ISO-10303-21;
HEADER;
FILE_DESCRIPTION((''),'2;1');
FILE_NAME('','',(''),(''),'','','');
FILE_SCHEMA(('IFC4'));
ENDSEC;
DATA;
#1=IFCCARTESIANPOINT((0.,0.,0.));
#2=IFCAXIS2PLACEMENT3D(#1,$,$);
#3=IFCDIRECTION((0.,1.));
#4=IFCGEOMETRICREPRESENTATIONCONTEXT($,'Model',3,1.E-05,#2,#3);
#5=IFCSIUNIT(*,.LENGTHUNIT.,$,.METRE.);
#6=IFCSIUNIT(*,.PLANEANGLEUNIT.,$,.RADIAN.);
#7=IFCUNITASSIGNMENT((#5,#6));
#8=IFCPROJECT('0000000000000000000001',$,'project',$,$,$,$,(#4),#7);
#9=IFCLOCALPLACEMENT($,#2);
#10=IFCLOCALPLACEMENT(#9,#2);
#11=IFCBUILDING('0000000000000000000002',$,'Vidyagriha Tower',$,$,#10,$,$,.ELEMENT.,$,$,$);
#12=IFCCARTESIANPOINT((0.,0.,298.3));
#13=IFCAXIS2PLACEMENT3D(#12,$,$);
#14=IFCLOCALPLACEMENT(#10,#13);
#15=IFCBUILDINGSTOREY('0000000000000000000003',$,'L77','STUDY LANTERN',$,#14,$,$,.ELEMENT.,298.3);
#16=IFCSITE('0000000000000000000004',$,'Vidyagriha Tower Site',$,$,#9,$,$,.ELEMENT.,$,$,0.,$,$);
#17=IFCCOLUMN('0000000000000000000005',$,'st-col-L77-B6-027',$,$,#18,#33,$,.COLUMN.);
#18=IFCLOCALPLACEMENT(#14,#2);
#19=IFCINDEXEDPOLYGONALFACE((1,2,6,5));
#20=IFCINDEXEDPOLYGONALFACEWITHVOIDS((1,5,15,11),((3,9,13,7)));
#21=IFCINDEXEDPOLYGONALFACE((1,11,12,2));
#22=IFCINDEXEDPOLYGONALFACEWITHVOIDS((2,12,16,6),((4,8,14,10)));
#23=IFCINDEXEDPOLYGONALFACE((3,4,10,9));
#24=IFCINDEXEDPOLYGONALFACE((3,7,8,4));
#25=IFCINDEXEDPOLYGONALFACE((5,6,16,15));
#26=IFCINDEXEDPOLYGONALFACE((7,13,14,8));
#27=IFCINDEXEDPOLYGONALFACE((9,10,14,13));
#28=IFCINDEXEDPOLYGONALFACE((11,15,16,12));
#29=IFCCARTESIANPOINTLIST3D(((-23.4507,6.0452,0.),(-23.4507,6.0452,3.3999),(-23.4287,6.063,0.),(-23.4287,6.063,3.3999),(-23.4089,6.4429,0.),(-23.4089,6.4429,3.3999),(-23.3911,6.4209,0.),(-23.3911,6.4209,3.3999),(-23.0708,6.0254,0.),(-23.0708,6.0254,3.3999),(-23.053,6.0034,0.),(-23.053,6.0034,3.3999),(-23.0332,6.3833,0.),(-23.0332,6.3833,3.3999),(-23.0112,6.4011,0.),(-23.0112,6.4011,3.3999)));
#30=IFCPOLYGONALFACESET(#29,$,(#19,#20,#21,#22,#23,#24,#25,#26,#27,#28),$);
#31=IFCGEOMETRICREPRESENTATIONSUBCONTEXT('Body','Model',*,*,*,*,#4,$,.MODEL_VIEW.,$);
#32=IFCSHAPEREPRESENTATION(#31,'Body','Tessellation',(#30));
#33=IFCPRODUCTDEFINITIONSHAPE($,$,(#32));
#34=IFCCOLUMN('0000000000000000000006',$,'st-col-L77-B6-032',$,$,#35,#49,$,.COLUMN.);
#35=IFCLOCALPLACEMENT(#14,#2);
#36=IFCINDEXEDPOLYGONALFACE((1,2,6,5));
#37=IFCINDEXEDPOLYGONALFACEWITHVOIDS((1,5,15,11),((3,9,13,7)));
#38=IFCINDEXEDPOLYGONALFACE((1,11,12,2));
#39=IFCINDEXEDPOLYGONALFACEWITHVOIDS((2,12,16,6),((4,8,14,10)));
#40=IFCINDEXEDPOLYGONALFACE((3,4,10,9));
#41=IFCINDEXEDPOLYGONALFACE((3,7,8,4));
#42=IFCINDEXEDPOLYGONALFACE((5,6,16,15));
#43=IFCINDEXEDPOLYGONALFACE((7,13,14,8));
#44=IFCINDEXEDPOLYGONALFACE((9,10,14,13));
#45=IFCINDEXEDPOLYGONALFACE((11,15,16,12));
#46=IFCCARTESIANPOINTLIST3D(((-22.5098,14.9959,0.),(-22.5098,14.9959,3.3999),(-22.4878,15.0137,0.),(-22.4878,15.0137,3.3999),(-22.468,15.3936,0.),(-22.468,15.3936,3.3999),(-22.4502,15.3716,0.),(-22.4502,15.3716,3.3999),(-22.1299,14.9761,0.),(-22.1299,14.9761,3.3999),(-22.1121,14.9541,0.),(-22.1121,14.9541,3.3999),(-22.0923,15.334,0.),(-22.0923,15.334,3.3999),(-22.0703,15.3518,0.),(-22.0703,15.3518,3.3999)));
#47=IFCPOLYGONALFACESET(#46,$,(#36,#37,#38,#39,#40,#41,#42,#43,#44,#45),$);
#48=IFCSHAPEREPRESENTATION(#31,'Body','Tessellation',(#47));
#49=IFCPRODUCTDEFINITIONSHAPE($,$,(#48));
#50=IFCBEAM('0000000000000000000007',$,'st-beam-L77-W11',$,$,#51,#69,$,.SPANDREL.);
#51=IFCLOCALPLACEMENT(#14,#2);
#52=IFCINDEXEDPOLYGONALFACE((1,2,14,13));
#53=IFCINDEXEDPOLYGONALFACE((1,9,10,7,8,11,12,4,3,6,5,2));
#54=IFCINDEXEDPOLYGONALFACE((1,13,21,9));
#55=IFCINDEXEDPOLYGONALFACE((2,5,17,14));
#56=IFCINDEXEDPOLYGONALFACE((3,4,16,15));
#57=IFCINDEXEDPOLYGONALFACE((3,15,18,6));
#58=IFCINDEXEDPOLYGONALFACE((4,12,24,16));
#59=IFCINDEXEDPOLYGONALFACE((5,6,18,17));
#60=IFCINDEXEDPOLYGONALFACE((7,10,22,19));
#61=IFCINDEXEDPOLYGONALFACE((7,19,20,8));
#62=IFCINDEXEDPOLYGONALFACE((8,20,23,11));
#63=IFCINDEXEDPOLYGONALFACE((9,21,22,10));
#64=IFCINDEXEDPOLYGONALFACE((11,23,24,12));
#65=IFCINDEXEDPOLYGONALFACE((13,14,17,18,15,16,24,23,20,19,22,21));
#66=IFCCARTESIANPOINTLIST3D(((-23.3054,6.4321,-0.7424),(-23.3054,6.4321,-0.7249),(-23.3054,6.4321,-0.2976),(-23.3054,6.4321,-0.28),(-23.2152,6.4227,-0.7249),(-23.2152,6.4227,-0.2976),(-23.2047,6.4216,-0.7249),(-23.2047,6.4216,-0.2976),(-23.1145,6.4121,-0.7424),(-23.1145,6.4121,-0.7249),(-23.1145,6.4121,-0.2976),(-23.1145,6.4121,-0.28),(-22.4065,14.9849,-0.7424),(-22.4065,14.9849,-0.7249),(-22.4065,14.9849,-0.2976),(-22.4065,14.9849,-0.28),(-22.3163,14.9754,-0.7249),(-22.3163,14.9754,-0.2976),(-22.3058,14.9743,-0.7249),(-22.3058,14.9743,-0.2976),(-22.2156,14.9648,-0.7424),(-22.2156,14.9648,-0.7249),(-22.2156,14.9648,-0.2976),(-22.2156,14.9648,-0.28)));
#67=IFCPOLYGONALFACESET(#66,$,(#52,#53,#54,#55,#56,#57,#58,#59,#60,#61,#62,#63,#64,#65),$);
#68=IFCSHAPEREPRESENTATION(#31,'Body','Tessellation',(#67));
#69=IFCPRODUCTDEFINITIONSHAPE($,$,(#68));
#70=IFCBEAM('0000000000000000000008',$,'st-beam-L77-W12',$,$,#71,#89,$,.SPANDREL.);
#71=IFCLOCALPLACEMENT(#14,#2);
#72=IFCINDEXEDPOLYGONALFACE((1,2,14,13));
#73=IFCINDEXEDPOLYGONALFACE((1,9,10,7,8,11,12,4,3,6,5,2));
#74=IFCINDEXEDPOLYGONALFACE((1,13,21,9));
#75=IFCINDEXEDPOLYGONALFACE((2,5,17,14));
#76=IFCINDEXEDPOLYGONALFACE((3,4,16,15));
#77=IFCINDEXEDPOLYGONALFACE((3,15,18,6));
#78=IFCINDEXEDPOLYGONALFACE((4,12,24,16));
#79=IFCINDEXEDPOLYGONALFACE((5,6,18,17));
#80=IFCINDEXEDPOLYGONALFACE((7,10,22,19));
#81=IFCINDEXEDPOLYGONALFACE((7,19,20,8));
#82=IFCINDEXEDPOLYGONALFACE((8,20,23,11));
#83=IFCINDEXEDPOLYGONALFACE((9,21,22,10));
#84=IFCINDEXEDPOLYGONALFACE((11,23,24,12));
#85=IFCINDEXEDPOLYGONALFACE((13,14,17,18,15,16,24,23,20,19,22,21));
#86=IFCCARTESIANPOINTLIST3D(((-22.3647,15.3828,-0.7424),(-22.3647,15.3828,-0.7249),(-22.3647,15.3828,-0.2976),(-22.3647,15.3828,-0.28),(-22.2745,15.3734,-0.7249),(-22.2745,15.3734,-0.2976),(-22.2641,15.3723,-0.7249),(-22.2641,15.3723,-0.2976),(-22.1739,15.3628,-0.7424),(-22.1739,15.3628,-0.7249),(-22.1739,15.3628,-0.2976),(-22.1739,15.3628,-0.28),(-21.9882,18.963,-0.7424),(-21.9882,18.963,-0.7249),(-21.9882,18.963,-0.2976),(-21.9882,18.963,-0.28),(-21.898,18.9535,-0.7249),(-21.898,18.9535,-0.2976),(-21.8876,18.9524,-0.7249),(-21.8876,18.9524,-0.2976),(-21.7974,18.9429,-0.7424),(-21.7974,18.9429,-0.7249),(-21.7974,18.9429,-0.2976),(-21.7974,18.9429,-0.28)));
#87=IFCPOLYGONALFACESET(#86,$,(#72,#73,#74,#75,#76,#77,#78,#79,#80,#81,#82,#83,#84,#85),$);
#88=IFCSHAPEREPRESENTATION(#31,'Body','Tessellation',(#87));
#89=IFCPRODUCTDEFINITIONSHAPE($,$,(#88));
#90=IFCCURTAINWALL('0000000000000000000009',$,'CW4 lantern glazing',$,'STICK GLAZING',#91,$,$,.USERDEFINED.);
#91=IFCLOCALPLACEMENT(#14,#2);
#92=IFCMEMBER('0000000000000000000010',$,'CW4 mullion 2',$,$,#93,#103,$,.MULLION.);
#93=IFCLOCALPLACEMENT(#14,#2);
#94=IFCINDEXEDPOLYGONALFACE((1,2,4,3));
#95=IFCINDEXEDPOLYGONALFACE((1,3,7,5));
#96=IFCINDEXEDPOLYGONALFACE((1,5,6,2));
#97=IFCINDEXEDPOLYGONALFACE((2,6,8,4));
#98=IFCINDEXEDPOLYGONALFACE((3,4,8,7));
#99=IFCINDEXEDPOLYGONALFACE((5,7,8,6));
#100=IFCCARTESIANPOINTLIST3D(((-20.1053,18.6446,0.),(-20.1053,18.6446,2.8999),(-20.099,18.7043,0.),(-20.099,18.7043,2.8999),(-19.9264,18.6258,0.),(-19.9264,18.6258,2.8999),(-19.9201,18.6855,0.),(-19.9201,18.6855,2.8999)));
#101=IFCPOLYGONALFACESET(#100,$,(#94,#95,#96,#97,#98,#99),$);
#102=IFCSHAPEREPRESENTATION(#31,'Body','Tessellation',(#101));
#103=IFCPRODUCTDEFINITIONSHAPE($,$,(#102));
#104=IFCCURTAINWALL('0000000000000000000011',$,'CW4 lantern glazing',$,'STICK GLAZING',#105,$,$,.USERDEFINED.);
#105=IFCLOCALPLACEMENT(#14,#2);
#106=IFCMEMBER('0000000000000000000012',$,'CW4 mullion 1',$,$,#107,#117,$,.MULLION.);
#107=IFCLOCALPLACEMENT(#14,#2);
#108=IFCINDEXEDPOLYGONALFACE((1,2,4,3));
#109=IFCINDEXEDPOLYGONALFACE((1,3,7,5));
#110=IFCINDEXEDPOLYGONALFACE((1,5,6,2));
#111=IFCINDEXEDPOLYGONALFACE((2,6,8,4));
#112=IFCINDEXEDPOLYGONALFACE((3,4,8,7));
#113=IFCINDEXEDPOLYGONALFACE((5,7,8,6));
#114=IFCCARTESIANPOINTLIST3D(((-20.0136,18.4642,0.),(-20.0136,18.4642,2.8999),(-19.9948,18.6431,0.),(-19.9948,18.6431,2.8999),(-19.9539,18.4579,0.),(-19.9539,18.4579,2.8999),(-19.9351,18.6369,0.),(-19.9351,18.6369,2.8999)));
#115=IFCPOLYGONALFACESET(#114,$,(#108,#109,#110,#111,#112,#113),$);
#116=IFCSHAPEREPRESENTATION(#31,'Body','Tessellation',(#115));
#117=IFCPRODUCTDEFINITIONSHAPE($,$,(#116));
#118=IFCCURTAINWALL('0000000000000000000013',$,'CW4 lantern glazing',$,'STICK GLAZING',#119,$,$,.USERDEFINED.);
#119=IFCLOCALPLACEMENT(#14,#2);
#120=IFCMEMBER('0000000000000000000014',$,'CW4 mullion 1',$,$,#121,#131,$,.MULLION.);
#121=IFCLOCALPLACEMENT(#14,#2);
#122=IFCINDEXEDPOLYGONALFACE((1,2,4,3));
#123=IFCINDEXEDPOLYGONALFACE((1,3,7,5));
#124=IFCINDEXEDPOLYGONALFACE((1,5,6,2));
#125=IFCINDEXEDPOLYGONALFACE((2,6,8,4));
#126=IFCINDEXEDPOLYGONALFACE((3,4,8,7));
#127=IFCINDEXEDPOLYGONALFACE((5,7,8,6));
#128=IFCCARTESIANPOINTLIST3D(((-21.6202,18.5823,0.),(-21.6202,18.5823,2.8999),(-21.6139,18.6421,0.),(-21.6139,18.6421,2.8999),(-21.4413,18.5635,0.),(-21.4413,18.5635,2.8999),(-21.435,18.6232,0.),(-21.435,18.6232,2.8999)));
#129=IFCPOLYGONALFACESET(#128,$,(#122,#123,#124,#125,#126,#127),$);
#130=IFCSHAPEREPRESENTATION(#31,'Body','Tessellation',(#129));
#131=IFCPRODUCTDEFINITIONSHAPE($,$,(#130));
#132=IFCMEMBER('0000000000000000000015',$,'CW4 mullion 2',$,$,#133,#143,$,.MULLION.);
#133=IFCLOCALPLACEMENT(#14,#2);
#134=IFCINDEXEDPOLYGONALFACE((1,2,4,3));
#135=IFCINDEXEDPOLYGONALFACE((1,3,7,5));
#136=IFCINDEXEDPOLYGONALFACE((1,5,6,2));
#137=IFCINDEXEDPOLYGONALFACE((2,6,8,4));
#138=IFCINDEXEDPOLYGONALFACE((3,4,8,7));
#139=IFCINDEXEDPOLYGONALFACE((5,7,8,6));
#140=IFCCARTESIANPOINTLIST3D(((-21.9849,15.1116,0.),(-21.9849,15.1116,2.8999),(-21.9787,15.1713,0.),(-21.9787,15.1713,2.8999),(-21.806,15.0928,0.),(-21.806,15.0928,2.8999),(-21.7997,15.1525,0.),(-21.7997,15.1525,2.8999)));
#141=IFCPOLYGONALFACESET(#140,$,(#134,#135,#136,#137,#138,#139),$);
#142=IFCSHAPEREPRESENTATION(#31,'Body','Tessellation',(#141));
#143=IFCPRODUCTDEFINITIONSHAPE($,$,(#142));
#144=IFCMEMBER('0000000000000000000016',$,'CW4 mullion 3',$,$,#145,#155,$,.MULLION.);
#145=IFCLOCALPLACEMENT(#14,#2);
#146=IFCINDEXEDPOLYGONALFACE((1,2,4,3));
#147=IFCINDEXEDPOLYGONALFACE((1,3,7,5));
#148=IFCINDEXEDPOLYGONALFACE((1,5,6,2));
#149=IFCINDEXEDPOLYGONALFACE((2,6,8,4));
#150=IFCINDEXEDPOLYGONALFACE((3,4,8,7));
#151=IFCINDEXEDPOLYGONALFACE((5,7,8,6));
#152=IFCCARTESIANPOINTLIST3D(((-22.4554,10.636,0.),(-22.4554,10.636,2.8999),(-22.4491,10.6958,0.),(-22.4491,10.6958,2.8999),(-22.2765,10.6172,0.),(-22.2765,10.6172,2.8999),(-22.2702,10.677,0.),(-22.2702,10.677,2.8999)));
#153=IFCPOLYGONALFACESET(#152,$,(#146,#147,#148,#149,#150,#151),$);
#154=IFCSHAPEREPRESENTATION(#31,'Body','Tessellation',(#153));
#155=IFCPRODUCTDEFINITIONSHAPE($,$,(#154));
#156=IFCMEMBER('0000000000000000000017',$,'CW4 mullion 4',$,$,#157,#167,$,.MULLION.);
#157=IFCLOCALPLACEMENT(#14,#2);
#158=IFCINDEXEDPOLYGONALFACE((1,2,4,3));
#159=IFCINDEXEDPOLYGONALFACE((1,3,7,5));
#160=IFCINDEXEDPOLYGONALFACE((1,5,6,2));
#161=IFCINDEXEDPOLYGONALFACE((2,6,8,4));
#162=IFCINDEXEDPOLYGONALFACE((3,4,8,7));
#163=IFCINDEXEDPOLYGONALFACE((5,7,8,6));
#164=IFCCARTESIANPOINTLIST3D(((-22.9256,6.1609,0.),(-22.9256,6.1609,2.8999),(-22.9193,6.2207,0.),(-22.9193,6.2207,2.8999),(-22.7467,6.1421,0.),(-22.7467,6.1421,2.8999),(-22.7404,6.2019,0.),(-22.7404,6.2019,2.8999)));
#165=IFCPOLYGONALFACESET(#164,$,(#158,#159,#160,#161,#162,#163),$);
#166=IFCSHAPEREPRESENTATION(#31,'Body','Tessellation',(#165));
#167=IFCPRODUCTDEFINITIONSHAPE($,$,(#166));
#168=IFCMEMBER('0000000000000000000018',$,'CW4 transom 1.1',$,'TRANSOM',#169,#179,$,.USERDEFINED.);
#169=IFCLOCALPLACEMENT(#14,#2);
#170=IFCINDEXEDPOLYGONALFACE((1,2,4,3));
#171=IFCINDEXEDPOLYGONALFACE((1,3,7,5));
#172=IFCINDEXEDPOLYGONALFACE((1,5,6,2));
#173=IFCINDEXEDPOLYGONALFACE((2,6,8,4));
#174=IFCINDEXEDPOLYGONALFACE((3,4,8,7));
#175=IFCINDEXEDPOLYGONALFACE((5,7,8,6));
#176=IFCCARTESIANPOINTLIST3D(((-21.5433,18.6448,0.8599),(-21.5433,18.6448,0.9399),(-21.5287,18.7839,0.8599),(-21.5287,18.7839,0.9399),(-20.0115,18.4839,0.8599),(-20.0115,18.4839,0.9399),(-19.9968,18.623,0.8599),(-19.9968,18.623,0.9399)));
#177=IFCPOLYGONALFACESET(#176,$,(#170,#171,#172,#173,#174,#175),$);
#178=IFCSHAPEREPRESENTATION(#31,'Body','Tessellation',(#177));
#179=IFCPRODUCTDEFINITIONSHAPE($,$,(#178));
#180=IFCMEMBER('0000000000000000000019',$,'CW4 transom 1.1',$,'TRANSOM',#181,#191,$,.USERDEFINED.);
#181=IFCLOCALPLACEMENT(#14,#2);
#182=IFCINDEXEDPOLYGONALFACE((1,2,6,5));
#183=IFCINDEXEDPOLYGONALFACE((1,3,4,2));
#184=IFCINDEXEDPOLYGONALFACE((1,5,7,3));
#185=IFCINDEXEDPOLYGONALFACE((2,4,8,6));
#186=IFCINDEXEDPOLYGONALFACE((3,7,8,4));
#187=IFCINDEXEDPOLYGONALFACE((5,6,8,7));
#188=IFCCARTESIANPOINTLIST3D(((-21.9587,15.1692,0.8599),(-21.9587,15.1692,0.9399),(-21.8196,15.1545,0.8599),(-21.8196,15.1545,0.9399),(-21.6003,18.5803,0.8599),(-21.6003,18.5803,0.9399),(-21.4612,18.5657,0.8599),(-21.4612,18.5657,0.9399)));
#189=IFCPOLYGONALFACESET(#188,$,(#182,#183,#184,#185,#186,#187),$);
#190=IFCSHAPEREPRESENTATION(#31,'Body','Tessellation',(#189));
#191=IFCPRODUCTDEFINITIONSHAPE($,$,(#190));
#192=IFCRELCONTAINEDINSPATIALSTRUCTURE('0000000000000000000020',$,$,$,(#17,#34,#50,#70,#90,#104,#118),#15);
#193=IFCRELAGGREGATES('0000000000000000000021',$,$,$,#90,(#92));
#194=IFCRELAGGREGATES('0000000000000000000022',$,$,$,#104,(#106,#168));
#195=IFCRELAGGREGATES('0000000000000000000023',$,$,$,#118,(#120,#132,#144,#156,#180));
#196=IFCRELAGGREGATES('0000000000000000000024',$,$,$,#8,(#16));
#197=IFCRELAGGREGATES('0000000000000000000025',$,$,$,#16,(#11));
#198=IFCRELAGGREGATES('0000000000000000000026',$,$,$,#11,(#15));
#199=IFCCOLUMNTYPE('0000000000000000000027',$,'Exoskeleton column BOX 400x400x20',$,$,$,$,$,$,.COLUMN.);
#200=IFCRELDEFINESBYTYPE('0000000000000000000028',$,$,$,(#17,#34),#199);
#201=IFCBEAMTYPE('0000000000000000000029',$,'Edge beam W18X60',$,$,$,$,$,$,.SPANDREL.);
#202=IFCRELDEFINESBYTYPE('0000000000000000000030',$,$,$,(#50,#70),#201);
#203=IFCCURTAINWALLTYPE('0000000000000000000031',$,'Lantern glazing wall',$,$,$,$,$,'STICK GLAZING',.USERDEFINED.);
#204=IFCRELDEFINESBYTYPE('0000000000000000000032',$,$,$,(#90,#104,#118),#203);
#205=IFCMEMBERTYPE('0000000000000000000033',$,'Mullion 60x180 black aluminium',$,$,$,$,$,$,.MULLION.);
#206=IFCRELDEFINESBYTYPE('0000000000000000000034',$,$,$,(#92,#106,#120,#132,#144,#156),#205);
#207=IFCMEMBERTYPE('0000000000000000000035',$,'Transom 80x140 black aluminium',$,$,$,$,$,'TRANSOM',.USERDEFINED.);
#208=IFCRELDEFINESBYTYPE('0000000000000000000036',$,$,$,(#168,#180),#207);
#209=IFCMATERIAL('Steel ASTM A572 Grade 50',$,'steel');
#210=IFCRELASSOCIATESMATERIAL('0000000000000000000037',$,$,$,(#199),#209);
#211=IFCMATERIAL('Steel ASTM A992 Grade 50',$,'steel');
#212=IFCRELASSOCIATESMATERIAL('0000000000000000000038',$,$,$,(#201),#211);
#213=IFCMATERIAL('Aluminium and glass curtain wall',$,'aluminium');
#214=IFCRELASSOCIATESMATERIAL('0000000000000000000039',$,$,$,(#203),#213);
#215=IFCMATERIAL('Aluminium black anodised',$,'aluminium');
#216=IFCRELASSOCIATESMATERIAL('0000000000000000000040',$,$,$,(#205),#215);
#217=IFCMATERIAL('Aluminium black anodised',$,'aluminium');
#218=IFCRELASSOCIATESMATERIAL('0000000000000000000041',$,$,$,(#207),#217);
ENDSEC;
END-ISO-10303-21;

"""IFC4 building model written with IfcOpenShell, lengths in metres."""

from ifc_helpers import new_model, si_unit, direction, frame, origin, origin_2d, place, context, subcontext, project, spatial, rectangle, hollow_rectangle, i_section, extrude, material, material_profile, profile_set, type_object, element, aggregate, save


model = new_model("IFC4")

# Units and contexts
model_context = context("Model", 3, precision=1e-05, world=origin(), true_north=direction((0.0, 1.0)))
body_context = subcontext(model_context, "Body", "Model", "MODEL_VIEW")
ifc_project = project(units=[si_unit("LENGTHUNIT", "METRE"), si_unit("PLANEANGLEUNIT", "RADIAN")], contexts=[model_context])

# Site, building, storey
site_placement = place(None, origin())
site = spatial("IfcSite", under=ifc_project, at=site_placement, Name="Vidyagriha Tower Site", CompositionType="ELEMENT", RefElevation=0.0)
building_placement = place(site_placement, origin())
building = spatial("IfcBuilding", under=site, at=building_placement, Name="Vidyagriha Tower", CompositionType="ELEMENT")
storey_placement = place(building_placement, frame((0.0, 0.0, 298.3)))
storey = spatial("IfcBuildingStorey", under=building, at=storey_placement, Name="L77", Description="STUDY LANTERN", CompositionType="ELEMENT", Elevation=298.3)

# Columns
ifc_material_1 = material(Name="Steel ASTM A572 Grade 50", Category="steel")
ifc_material_profile_1 = material_profile(ifc_material_1, hollow_rectangle(XDim=0.3999, YDim=0.3999, WallThickness=0.02, at=origin_2d()), Name="BOX 400x400x20")
ifc_profile_set_1 = profile_set([ifc_material_profile_1], Name="Steel ASTM A572 Grade 50")
column_type = type_object("IfcColumnType", Name="Exoskeleton column BOX 400x400x20", PredefinedType="COLUMN", material=ifc_profile_set_1)
for number, where, z_axis, x_axis, name in (
    (1, (-23.231, 6.2231, 0.0), (0.0, 0.0, 1.0), (0.994522, -0.104528, 0.0), "st-col-L77-B6-027"),
    (2, (-22.29, 15.1738, 0.0), (0.0, 0.0, 1.0), (0.994522, -0.104528, 0.0), "st-col-L77-B6-032"),
):
    element("IfcColumn", number, at=place(storey_placement, frame(where, z_axis=z_axis, x_axis=x_axis)), inside=storey, type_object=column_type, Name=name, PredefinedType="COLUMN", context=body_context, shape_type="SweptSolid", body=[
        extrude(hollow_rectangle(XDim=0.3999, YDim=0.3999, WallThickness=0.02, at=origin_2d()), origin(), (0.0, 0.0, 1.0), 3.3999),
    ])

# Beams
ifc_material_2 = material(Name="Steel ASTM A992 Grade 50", Category="steel")
ifc_material_profile_2 = material_profile(ifc_material_2, i_section(OverallWidth=0.1919, OverallDepth=0.4624, WebThickness=0.0105, FlangeThickness=0.0176, at=origin_2d()), Name="W18X60")
ifc_profile_set_2 = profile_set([ifc_material_profile_2], Name="Steel ASTM A992 Grade 50")
beam_type = type_object("IfcBeamType", Name="Edge beam W18X60", PredefinedType="SPANDREL", material=ifc_profile_set_2)
beam_1_placement = place(storey_placement, frame((-23.21, 6.4221, -0.5112), z_axis=(0.104528, 0.994522, 0.0), x_axis=(-0.994522, 0.104528, 0.0)))
element("IfcBeam", 3, at=beam_1_placement, inside=storey, type_object=beam_type, Name="st-beam-L77-W11", PredefinedType="SPANDREL", context=body_context, shape_type="SweptSolid", body=[
    extrude(i_section(OverallWidth=0.1919, OverallDepth=0.4624, WebThickness=0.0105, FlangeThickness=0.0176, at=origin_2d()), origin(), (0.0, 0.0, 1.0), 8.5999),
])
beam_2_placement = place(storey_placement, frame((-22.2693, 15.3728, -0.5112), z_axis=(0.104579, 0.994517, 0.0), x_axis=(-0.994517, 0.104579, 0.0)))
element("IfcBeam", 4, at=beam_2_placement, inside=storey, type_object=beam_type, Name="st-beam-L77-W12", PredefinedType="SPANDREL", context=body_context, shape_type="SweptSolid", body=[
    extrude(i_section(OverallWidth=0.1919, OverallDepth=0.4624, WebThickness=0.0105, FlangeThickness=0.0176, at=origin_2d()), origin(), (0.0, 0.0, 1.0), 3.5999),
])

# Curtain walls, members
ifc_material_3 = material(Name="Aluminium and glass curtain wall", Category="aluminium")
curtain_wall_type = type_object("IfcCurtainWallType", Name="Lantern glazing wall", ElementType="STICK GLAZING", PredefinedType="USERDEFINED", material=ifc_material_3)
curtain_wall_1_placement = place(storey_placement, origin())
curtain_wall_1 = element("IfcCurtainWall", 5, at=curtain_wall_1_placement, inside=storey, type_object=curtain_wall_type, Name="CW4 lantern glazing", ObjectType="STICK GLAZING", PredefinedType="USERDEFINED")
ifc_material_4 = material(Name="Aluminium black anodised", Category="aluminium")
ifc_material_profile_3 = material_profile(ifc_material_4, rectangle(XDim=0.1799, YDim=0.0601, at=origin_2d()), Name="Mullion 60x180 black aluminium")
ifc_profile_set_3 = profile_set([ifc_material_profile_3], Name="Aluminium black anodised")
member_type_1 = type_object("IfcMemberType", Name="Mullion 60x180 black aluminium", PredefinedType="MULLION", material=ifc_profile_set_3)
member_1_placement = place(storey_placement, frame((-20.0127, 18.665, 0.0), z_axis=(0.0, 0.0, 1.0), x_axis=(0.994518, -0.104564, 0.0)))
member_1 = element("IfcMember", 6, at=member_1_placement, type_object=member_type_1, Name="CW4 mullion 2", PredefinedType="MULLION", context=body_context, shape_type="SweptSolid", body=[
    extrude(rectangle(XDim=0.1799, YDim=0.0601, at=origin_2d()), origin(), (0.0, 0.0, 1.0), 2.8999),
])
aggregate(curtain_wall_1, [member_1])
curtain_wall_2_placement = place(storey_placement, origin())
curtain_wall_2 = element("IfcCurtainWall", 7, at=curtain_wall_2_placement, inside=storey, type_object=curtain_wall_type, Name="CW4 lantern glazing", ObjectType="STICK GLAZING", PredefinedType="USERDEFINED")
member_2_placement = place(storey_placement, frame((-19.9744, 18.5505, 0.0), z_axis=(0.0, 0.0, 1.0), x_axis=(-0.104453, -0.99453, 0.0)))
member_2 = element("IfcMember", 8, at=member_2_placement, type_object=member_type_1, Name="CW4 mullion 1", PredefinedType="MULLION", context=body_context, shape_type="SweptSolid", body=[
    extrude(rectangle(XDim=0.1799, YDim=0.0601, at=origin_2d()), origin(), (0.0, 0.0, 1.0), 2.8999),
])

# Curtain wall, members
curtain_wall_3_placement = place(storey_placement, origin())
curtain_wall_3 = element("IfcCurtainWall", 9, at=curtain_wall_3_placement, inside=storey, type_object=curtain_wall_type, Name="CW4 lantern glazing", ObjectType="STICK GLAZING", PredefinedType="USERDEFINED")
member_3_placement = place(storey_placement, frame((-21.5276, 18.6028, 0.0), z_axis=(0.0, 0.0, 1.0), x_axis=(0.994522, -0.104527, 0.0)))
member_3 = element("IfcMember", 10, at=member_3_placement, type_object=member_type_1, Name="CW4 mullion 1", PredefinedType="MULLION", context=body_context, shape_type="SweptSolid", body=[
    extrude(rectangle(XDim=0.1799, YDim=0.0601, at=origin_2d()), origin(), (0.0, 0.0, 1.0), 2.8999),
])
member_4_placement = place(storey_placement, frame((-21.8923, 15.1321, 0.0), z_axis=(0.0, 0.0, 1.0), x_axis=(0.994522, -0.104527, 0.0)))
member_4 = element("IfcMember", 11, at=member_4_placement, type_object=member_type_1, Name="CW4 mullion 2", PredefinedType="MULLION", context=body_context, shape_type="SweptSolid", body=[
    extrude(rectangle(XDim=0.1799, YDim=0.0601, at=origin_2d()), origin(), (0.0, 0.0, 1.0), 2.8999),
])
member_5_placement = place(storey_placement, frame((-22.3628, 10.6565, 0.0), z_axis=(0.0, 0.0, 1.0), x_axis=(0.994522, -0.104527, 0.0)))
member_5 = element("IfcMember", 12, at=member_5_placement, type_object=member_type_1, Name="CW4 mullion 3", PredefinedType="MULLION", context=body_context, shape_type="SweptSolid", body=[
    extrude(rectangle(XDim=0.1799, YDim=0.0601, at=origin_2d()), origin(), (0.0, 0.0, 1.0), 2.8999),
])
member_6_placement = place(storey_placement, frame((-22.833, 6.1814, 0.0), z_axis=(0.0, 0.0, 1.0), x_axis=(0.994522, -0.104527, 0.0)))
member_6 = element("IfcMember", 13, at=member_6_placement, type_object=member_type_1, Name="CW4 mullion 4", PredefinedType="MULLION", context=body_context, shape_type="SweptSolid", body=[
    extrude(rectangle(XDim=0.1799, YDim=0.0601, at=origin_2d()), origin(), (0.0, 0.0, 1.0), 2.8999),
])

# Members
ifc_material_5 = material(Name="Aluminium black anodised", Category="aluminium")
ifc_material_profile_4 = material_profile(ifc_material_5, rectangle(XDim=0.1399, YDim=0.0801, at=origin_2d()), Name="Transom 80x140 black aluminium")
ifc_profile_set_4 = profile_set([ifc_material_profile_4], Name="Aluminium black anodised")
member_type_2 = type_object("IfcMemberType", Name="Transom 80x140 black aluminium", ElementType="TRANSOM", PredefinedType="USERDEFINED", material=ifc_profile_set_4)
member_7_placement = place(storey_placement, frame((-20.0042, 18.5535, 0.8999), z_axis=(-0.994529, 0.104462, 0.0), x_axis=(-0.104462, -0.994529, 0.0)))
member_7 = element("IfcMember", 14, at=member_7_placement, type_object=member_type_2, Name="CW4 transom 1.1", ObjectType="TRANSOM", PredefinedType="USERDEFINED", context=body_context, shape_type="SweptSolid", body=[
    extrude(rectangle(XDim=0.1399, YDim=0.0801, at=origin_2d()), origin(), (0.0, 0.0, 1.0), 1.5403),
])
member_8_placement = place(storey_placement, frame((-21.5308, 18.573, 0.8999), z_axis=(-0.104492, -0.994526, 0.0), x_axis=(0.994526, -0.104492, 0.0)))
member_8 = element("IfcMember", 15, at=member_8_placement, type_object=member_type_2, Name="CW4 transom 1.1", ObjectType="TRANSOM", PredefinedType="USERDEFINED", context=body_context, shape_type="SweptSolid", body=[
    extrude(rectangle(XDim=0.1399, YDim=0.0801, at=origin_2d()), origin(), (0.0, 0.0, 1.0), 3.4299),
])

aggregate(curtain_wall_2, [member_2, member_7])
aggregate(curtain_wall_3, [member_3, member_4, member_5, member_6, member_8])

save(model, "model.ifc")
